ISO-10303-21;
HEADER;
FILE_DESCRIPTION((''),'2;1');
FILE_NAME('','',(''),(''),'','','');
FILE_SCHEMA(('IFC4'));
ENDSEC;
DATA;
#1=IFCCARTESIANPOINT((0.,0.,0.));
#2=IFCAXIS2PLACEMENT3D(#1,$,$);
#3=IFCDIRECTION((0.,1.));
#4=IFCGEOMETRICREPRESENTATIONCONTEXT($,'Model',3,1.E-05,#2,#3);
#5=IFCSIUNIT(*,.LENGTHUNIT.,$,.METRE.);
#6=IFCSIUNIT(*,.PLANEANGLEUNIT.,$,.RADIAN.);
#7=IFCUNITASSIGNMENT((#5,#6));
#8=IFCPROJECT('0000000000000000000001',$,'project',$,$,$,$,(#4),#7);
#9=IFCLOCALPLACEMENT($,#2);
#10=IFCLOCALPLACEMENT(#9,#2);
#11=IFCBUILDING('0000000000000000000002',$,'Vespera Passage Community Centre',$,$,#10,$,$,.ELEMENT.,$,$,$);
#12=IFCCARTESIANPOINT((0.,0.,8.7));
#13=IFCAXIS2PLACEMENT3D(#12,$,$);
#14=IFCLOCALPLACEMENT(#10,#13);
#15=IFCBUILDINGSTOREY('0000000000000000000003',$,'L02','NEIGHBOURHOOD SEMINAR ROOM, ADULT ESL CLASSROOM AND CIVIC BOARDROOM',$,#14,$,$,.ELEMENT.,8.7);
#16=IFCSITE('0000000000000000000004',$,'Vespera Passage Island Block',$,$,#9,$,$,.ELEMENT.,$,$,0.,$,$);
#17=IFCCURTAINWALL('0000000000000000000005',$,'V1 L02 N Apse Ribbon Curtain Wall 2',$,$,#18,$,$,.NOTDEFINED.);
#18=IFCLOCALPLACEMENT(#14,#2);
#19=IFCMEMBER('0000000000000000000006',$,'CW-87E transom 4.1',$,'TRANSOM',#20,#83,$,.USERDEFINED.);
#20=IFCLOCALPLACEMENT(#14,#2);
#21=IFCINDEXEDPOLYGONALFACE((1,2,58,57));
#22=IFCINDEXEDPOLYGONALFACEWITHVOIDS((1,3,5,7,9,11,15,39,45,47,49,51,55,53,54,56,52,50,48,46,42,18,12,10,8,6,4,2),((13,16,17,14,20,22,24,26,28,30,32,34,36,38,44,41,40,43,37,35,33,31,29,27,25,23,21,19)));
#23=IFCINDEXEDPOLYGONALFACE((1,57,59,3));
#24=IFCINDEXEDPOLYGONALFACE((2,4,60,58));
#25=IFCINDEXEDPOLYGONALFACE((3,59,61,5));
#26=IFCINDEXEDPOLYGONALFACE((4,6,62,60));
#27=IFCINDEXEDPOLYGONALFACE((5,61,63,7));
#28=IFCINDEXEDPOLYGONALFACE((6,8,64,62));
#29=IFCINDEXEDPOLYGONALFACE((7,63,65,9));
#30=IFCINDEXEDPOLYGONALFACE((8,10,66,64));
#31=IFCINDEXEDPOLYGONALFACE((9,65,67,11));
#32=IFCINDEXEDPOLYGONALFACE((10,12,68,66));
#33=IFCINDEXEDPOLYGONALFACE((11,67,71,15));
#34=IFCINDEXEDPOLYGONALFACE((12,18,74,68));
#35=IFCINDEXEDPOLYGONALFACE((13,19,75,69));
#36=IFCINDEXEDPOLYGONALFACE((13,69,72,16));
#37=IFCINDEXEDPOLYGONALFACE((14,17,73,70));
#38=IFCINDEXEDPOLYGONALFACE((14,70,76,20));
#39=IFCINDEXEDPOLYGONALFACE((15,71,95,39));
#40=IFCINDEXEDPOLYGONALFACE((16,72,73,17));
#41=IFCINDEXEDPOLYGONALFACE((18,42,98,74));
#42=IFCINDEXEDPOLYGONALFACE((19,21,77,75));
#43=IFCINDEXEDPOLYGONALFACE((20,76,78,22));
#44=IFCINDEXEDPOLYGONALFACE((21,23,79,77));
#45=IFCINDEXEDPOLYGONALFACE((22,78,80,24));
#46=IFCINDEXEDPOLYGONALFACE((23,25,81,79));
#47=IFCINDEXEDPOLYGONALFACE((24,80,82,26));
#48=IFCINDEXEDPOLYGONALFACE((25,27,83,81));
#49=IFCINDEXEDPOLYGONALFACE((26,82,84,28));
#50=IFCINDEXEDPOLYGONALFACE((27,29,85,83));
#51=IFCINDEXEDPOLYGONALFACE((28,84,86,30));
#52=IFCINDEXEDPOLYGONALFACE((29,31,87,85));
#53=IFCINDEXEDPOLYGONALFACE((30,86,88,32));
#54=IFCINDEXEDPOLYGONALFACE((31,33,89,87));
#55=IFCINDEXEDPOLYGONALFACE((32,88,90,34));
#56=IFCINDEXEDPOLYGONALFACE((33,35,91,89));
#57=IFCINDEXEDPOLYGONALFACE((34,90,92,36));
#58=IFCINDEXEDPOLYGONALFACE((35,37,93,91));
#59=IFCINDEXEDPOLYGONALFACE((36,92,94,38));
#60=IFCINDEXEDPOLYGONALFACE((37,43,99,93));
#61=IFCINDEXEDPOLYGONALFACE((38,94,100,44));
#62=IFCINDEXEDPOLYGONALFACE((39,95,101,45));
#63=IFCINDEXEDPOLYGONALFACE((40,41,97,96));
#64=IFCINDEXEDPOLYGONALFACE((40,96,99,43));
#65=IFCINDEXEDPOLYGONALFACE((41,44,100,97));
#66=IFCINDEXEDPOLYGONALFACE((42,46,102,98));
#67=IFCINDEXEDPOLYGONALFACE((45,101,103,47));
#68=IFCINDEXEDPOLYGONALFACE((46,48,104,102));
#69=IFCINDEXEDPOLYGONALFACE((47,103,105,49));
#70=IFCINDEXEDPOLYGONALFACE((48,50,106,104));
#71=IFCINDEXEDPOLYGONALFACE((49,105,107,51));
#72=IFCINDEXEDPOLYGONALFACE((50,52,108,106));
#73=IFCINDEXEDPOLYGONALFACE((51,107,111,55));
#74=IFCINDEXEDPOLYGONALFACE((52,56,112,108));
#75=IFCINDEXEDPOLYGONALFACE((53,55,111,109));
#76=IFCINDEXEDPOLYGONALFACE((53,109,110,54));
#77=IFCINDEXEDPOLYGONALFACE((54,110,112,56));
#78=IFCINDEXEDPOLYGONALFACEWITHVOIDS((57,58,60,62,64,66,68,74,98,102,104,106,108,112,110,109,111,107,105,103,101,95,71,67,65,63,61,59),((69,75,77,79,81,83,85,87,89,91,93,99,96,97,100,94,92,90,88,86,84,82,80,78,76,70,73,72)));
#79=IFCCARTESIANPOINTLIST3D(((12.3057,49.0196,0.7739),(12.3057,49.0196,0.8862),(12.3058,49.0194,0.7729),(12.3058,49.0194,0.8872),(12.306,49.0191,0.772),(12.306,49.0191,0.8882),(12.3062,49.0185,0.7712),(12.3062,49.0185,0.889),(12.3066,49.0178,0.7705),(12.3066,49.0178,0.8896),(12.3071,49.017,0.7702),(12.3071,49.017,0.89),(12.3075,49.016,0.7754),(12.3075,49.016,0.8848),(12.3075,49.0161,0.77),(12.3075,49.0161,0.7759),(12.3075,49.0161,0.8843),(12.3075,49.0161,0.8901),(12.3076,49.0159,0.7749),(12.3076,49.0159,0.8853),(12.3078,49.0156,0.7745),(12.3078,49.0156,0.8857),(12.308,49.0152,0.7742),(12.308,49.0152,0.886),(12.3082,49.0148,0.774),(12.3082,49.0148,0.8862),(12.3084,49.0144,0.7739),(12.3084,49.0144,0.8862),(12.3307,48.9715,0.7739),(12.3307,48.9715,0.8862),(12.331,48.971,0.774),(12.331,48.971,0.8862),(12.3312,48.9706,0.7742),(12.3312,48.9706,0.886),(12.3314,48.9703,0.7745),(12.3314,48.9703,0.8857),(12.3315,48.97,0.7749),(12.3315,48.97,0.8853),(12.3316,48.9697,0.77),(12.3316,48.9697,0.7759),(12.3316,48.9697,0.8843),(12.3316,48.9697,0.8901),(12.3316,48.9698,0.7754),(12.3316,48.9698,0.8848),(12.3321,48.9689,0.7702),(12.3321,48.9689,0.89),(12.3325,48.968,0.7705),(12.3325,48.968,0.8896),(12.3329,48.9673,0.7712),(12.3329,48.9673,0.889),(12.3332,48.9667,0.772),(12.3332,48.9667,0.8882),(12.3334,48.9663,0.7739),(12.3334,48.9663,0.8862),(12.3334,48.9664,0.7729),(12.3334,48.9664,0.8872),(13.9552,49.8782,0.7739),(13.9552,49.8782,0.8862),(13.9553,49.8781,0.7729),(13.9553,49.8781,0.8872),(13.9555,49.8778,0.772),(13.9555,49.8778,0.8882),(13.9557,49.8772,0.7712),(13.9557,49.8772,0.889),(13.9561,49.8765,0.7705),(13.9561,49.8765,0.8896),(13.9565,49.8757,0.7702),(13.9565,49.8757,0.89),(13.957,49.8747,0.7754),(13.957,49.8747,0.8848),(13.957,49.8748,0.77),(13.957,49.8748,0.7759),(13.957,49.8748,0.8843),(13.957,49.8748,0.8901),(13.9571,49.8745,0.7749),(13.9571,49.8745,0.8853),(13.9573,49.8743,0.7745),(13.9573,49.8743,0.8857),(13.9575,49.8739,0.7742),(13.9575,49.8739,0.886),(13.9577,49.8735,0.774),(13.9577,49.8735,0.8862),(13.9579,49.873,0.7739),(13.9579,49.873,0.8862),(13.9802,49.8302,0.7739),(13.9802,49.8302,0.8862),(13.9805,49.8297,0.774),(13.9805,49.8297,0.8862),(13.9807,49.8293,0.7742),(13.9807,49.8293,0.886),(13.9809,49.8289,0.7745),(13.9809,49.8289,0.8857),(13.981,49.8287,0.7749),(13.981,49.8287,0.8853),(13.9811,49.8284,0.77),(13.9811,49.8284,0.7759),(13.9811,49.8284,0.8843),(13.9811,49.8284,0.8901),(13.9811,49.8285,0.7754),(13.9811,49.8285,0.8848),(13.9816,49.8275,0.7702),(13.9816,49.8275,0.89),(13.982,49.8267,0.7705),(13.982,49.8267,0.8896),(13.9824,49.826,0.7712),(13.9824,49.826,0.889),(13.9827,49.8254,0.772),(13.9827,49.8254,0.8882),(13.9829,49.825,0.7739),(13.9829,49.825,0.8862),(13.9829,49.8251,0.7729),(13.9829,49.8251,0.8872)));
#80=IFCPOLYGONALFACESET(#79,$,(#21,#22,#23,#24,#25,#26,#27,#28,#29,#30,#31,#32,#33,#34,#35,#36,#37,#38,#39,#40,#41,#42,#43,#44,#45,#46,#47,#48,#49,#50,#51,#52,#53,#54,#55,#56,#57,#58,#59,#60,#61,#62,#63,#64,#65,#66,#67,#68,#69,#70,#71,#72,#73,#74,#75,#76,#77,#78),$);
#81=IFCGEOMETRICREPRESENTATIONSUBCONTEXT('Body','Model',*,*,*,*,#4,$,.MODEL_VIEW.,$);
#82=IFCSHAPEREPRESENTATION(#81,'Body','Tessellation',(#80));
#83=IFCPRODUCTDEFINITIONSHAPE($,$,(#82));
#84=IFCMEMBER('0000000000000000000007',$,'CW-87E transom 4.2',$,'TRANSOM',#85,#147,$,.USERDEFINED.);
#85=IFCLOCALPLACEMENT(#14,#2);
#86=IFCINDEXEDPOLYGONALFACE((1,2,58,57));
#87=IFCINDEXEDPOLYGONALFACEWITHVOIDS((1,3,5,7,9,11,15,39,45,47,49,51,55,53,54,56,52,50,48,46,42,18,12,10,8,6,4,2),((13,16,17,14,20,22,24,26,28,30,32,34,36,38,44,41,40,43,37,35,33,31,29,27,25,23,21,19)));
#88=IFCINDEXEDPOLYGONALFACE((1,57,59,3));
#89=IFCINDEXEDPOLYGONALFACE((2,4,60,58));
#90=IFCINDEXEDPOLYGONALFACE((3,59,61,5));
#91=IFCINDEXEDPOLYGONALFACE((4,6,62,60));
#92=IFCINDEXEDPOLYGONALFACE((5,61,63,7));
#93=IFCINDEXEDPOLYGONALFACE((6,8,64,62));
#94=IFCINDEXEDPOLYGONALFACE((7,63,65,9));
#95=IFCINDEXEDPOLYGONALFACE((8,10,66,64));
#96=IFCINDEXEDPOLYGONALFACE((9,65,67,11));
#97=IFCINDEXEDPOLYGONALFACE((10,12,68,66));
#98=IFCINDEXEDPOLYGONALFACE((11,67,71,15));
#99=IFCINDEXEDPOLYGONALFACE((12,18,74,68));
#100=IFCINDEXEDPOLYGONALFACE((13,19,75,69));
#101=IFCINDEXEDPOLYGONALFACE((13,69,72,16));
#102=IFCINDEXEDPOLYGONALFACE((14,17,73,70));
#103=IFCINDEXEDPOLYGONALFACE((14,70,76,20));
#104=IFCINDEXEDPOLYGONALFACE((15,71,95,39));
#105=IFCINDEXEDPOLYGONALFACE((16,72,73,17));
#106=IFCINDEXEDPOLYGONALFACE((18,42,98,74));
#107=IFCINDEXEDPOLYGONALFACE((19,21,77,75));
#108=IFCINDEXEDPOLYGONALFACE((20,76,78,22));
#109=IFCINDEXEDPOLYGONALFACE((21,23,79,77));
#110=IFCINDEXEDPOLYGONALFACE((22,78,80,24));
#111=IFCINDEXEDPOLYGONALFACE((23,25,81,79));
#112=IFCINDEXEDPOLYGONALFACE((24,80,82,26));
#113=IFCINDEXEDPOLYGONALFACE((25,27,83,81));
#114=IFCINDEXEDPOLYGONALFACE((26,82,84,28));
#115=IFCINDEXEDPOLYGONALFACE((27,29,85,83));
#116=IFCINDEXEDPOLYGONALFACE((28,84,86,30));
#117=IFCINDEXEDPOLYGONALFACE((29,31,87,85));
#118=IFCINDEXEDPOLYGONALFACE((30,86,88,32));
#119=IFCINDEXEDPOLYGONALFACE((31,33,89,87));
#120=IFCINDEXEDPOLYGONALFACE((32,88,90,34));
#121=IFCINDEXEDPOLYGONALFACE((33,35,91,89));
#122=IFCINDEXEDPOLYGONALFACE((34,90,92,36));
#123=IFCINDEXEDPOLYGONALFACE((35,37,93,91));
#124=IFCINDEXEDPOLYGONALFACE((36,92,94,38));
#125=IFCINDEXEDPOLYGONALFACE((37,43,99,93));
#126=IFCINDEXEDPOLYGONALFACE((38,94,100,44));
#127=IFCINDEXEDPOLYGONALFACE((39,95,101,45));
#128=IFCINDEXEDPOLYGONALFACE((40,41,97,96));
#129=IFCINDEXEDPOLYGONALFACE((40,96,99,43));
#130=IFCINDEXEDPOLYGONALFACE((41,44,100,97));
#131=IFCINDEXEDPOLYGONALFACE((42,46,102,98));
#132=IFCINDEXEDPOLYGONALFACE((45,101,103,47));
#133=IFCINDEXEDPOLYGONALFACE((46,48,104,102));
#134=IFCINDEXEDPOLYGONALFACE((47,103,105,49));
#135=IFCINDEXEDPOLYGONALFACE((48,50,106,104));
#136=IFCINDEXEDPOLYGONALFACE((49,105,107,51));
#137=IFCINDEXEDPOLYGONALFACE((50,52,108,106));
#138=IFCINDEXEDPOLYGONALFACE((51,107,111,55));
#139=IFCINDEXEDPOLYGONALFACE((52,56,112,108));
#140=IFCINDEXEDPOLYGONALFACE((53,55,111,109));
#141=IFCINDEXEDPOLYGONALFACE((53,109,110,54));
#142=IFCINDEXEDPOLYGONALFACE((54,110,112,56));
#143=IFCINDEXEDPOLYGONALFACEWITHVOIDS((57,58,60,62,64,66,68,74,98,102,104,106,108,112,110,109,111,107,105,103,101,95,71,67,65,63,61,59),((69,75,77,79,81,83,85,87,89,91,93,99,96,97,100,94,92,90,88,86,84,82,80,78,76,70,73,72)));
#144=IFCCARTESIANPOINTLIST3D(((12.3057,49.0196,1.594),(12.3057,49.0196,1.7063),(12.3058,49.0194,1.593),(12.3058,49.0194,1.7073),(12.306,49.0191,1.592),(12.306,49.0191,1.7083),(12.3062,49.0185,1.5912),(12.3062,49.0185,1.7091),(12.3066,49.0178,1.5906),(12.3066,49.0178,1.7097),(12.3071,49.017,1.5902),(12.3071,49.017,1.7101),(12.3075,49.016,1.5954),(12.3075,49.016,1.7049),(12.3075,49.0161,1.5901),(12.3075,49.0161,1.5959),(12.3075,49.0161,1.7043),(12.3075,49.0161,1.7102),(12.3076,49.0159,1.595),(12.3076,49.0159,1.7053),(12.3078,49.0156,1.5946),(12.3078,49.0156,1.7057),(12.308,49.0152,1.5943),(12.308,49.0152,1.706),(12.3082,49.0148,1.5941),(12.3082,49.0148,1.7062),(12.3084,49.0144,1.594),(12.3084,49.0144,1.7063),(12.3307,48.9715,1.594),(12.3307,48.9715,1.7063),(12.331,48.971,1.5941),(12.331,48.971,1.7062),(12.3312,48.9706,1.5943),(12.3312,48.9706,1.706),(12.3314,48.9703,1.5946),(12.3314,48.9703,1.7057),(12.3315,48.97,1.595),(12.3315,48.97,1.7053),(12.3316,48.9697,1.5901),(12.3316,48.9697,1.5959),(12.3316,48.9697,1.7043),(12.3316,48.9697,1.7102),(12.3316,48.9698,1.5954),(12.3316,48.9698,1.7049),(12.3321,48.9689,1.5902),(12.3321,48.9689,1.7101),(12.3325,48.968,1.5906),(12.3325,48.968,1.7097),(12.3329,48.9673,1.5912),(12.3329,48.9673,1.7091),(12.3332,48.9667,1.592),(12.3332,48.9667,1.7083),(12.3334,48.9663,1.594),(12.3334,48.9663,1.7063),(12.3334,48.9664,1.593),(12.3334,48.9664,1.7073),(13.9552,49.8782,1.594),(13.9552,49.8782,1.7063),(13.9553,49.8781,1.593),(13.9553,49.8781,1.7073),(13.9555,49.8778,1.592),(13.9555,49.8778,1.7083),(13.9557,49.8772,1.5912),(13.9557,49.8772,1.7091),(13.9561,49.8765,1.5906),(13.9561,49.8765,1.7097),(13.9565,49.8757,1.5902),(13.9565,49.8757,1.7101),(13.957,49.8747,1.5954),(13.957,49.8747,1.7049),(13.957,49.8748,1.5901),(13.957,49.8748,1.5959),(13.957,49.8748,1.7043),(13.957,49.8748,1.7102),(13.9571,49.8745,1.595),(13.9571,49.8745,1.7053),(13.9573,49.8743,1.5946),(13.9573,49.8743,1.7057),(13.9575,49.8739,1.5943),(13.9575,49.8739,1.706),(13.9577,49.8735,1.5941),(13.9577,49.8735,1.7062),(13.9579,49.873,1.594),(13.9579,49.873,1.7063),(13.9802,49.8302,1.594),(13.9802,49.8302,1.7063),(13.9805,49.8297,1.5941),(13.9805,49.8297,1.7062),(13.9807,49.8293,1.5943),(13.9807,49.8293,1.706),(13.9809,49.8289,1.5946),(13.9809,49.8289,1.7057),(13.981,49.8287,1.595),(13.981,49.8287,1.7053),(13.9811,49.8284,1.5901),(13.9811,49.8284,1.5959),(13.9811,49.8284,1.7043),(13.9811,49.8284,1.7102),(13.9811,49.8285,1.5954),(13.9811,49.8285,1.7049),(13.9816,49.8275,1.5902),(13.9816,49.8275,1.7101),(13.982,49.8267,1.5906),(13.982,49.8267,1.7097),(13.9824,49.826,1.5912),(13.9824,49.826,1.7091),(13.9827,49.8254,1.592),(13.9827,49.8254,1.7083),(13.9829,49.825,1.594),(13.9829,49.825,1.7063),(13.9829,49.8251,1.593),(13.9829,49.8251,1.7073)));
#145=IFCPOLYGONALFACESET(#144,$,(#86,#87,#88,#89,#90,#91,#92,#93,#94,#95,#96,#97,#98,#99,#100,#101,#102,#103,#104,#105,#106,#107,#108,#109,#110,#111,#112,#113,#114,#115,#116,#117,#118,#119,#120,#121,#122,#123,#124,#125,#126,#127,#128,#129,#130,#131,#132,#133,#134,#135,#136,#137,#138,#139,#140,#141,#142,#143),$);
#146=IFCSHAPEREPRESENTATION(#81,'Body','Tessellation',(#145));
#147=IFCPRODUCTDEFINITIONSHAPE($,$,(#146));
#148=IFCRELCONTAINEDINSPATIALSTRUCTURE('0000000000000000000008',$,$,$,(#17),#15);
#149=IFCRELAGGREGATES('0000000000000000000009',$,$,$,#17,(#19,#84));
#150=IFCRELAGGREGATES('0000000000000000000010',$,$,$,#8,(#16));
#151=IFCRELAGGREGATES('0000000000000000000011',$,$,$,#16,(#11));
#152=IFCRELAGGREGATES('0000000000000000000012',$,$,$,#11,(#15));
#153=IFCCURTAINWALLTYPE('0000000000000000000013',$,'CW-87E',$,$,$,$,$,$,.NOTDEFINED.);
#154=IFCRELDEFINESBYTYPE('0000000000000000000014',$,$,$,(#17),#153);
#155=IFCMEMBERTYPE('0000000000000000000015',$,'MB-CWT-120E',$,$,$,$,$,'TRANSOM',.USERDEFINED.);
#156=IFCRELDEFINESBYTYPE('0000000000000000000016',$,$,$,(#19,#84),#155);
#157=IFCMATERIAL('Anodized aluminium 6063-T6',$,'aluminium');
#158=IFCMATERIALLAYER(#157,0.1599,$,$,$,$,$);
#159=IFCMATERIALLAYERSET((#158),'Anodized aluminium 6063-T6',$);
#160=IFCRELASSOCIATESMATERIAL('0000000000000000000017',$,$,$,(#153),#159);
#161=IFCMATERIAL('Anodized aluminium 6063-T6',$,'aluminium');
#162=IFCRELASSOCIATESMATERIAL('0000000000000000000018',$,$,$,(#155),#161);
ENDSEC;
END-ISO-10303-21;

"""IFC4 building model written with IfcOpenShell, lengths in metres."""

from ifc_helpers import new_model, si_unit, direction, frame, origin, origin_2d, place, context, subcontext, project, spatial, hollow_rectangle, extrude, material, layer, layer_set, material_profile, profile_set, type_object, element, aggregate, save


model = new_model("IFC4")

# Units and contexts
model_context = context("Model", 3, precision=1e-05, world=origin(), true_north=direction((0.0, 1.0)))
body_context = subcontext(model_context, "Body", "Model", "MODEL_VIEW")
ifc_project = project(units=[si_unit("LENGTHUNIT", "METRE"), si_unit("PLANEANGLEUNIT", "RADIAN")], contexts=[model_context])

# Site, building, storey
site_placement = place(None, origin())
site = spatial("IfcSite", under=ifc_project, at=site_placement, Name="Vespera Passage Island Block", CompositionType="ELEMENT", RefElevation=0.0)
building_placement = place(site_placement, origin())
building = spatial("IfcBuilding", under=site, at=building_placement, Name="Vespera Passage Community Centre", CompositionType="ELEMENT")
storey_placement = place(building_placement, frame((0.0, 0.0, 8.7)))
storey = spatial("IfcBuildingStorey", under=building, at=storey_placement, Name="L02", Description="NEIGHBOURHOOD SEMINAR ROOM, ADULT ESL CLASSROOM AND CIVIC BOARDROOM", CompositionType="ELEMENT", Elevation=8.7)

# Curtain wall, members
ifc_material_1 = material(Name="Anodized aluminium 6063-T6", Category="aluminium")
ifc_layer_1 = layer(ifc_material_1, 0.1599)
ifc_layer_set_1 = layer_set([ifc_layer_1], Name="Anodized aluminium 6063-T6")
curtain_wall_type = type_object("IfcCurtainWallType", Name="CW-87E", PredefinedType="NOTDEFINED", material=ifc_layer_set_1)
curtain_wall_placement = place(storey_placement, origin())
curtain_wall = element("IfcCurtainWall", 1, at=curtain_wall_placement, inside=storey, type_object=curtain_wall_type, Name="V1 L02 N Apse Ribbon Curtain Wall 2", PredefinedType="NOTDEFINED")
ifc_material_2 = material(Name="Anodized aluminium 6063-T6", Category="aluminium")
ifc_material_profile_1 = material_profile(ifc_material_2, hollow_rectangle(XDim=0.0601, YDim=0.1201, WallThickness=0.0039, InnerFilletRadius=0.002, OuterFilletRadius=0.0039, at=origin_2d()), Name="ALU120X60X4")
ifc_profile_set_1 = profile_set([ifc_material_profile_1], Name="Anodized aluminium 6063-T6")
member_type_1 = type_object("IfcMemberType", Name="MB-CWT-120E", ElementType="TRANSOM", PredefinedType="USERDEFINED", material=ifc_profile_set_1)
member_1_placement = place(storey_placement, frame((12.3196, 48.9929, 0.8301), z_axis=(0.887008, 0.461754, 0.0), x_axis=(-0.461754, 0.887008, 0.0)))
member_1 = element("IfcMember", 2, at=member_1_placement, type_object=member_type_1, Name="CW-87E transom 4.1", ObjectType="TRANSOM", PredefinedType="USERDEFINED", context=body_context, shape_type="SweptSolid", body=[
    extrude(hollow_rectangle(XDim=0.0601, YDim=0.1201, WallThickness=0.0039, InnerFilletRadius=0.002, OuterFilletRadius=0.0039, at=origin_2d()), origin(), (0.0, 0.0, 1.0), 1.8596),
])
member_2_placement = place(storey_placement, frame((12.3196, 48.9929, 1.6501), z_axis=(0.887008, 0.461754, 0.0), x_axis=(-0.461754, 0.887008, 0.0)))
member_2 = element("IfcMember", 3, at=member_2_placement, type_object=member_type_1, Name="CW-87E transom 4.2", ObjectType="TRANSOM", PredefinedType="USERDEFINED", context=body_context, shape_type="SweptSolid", body=[
    extrude(hollow_rectangle(XDim=0.0601, YDim=0.1201, WallThickness=0.0039, InnerFilletRadius=0.002, OuterFilletRadius=0.0039, at=origin_2d()), origin(), (0.0, 0.0, 1.0), 1.8596),
])
aggregate(curtain_wall, [member_1, member_2])

save(model, "model.ifc")
